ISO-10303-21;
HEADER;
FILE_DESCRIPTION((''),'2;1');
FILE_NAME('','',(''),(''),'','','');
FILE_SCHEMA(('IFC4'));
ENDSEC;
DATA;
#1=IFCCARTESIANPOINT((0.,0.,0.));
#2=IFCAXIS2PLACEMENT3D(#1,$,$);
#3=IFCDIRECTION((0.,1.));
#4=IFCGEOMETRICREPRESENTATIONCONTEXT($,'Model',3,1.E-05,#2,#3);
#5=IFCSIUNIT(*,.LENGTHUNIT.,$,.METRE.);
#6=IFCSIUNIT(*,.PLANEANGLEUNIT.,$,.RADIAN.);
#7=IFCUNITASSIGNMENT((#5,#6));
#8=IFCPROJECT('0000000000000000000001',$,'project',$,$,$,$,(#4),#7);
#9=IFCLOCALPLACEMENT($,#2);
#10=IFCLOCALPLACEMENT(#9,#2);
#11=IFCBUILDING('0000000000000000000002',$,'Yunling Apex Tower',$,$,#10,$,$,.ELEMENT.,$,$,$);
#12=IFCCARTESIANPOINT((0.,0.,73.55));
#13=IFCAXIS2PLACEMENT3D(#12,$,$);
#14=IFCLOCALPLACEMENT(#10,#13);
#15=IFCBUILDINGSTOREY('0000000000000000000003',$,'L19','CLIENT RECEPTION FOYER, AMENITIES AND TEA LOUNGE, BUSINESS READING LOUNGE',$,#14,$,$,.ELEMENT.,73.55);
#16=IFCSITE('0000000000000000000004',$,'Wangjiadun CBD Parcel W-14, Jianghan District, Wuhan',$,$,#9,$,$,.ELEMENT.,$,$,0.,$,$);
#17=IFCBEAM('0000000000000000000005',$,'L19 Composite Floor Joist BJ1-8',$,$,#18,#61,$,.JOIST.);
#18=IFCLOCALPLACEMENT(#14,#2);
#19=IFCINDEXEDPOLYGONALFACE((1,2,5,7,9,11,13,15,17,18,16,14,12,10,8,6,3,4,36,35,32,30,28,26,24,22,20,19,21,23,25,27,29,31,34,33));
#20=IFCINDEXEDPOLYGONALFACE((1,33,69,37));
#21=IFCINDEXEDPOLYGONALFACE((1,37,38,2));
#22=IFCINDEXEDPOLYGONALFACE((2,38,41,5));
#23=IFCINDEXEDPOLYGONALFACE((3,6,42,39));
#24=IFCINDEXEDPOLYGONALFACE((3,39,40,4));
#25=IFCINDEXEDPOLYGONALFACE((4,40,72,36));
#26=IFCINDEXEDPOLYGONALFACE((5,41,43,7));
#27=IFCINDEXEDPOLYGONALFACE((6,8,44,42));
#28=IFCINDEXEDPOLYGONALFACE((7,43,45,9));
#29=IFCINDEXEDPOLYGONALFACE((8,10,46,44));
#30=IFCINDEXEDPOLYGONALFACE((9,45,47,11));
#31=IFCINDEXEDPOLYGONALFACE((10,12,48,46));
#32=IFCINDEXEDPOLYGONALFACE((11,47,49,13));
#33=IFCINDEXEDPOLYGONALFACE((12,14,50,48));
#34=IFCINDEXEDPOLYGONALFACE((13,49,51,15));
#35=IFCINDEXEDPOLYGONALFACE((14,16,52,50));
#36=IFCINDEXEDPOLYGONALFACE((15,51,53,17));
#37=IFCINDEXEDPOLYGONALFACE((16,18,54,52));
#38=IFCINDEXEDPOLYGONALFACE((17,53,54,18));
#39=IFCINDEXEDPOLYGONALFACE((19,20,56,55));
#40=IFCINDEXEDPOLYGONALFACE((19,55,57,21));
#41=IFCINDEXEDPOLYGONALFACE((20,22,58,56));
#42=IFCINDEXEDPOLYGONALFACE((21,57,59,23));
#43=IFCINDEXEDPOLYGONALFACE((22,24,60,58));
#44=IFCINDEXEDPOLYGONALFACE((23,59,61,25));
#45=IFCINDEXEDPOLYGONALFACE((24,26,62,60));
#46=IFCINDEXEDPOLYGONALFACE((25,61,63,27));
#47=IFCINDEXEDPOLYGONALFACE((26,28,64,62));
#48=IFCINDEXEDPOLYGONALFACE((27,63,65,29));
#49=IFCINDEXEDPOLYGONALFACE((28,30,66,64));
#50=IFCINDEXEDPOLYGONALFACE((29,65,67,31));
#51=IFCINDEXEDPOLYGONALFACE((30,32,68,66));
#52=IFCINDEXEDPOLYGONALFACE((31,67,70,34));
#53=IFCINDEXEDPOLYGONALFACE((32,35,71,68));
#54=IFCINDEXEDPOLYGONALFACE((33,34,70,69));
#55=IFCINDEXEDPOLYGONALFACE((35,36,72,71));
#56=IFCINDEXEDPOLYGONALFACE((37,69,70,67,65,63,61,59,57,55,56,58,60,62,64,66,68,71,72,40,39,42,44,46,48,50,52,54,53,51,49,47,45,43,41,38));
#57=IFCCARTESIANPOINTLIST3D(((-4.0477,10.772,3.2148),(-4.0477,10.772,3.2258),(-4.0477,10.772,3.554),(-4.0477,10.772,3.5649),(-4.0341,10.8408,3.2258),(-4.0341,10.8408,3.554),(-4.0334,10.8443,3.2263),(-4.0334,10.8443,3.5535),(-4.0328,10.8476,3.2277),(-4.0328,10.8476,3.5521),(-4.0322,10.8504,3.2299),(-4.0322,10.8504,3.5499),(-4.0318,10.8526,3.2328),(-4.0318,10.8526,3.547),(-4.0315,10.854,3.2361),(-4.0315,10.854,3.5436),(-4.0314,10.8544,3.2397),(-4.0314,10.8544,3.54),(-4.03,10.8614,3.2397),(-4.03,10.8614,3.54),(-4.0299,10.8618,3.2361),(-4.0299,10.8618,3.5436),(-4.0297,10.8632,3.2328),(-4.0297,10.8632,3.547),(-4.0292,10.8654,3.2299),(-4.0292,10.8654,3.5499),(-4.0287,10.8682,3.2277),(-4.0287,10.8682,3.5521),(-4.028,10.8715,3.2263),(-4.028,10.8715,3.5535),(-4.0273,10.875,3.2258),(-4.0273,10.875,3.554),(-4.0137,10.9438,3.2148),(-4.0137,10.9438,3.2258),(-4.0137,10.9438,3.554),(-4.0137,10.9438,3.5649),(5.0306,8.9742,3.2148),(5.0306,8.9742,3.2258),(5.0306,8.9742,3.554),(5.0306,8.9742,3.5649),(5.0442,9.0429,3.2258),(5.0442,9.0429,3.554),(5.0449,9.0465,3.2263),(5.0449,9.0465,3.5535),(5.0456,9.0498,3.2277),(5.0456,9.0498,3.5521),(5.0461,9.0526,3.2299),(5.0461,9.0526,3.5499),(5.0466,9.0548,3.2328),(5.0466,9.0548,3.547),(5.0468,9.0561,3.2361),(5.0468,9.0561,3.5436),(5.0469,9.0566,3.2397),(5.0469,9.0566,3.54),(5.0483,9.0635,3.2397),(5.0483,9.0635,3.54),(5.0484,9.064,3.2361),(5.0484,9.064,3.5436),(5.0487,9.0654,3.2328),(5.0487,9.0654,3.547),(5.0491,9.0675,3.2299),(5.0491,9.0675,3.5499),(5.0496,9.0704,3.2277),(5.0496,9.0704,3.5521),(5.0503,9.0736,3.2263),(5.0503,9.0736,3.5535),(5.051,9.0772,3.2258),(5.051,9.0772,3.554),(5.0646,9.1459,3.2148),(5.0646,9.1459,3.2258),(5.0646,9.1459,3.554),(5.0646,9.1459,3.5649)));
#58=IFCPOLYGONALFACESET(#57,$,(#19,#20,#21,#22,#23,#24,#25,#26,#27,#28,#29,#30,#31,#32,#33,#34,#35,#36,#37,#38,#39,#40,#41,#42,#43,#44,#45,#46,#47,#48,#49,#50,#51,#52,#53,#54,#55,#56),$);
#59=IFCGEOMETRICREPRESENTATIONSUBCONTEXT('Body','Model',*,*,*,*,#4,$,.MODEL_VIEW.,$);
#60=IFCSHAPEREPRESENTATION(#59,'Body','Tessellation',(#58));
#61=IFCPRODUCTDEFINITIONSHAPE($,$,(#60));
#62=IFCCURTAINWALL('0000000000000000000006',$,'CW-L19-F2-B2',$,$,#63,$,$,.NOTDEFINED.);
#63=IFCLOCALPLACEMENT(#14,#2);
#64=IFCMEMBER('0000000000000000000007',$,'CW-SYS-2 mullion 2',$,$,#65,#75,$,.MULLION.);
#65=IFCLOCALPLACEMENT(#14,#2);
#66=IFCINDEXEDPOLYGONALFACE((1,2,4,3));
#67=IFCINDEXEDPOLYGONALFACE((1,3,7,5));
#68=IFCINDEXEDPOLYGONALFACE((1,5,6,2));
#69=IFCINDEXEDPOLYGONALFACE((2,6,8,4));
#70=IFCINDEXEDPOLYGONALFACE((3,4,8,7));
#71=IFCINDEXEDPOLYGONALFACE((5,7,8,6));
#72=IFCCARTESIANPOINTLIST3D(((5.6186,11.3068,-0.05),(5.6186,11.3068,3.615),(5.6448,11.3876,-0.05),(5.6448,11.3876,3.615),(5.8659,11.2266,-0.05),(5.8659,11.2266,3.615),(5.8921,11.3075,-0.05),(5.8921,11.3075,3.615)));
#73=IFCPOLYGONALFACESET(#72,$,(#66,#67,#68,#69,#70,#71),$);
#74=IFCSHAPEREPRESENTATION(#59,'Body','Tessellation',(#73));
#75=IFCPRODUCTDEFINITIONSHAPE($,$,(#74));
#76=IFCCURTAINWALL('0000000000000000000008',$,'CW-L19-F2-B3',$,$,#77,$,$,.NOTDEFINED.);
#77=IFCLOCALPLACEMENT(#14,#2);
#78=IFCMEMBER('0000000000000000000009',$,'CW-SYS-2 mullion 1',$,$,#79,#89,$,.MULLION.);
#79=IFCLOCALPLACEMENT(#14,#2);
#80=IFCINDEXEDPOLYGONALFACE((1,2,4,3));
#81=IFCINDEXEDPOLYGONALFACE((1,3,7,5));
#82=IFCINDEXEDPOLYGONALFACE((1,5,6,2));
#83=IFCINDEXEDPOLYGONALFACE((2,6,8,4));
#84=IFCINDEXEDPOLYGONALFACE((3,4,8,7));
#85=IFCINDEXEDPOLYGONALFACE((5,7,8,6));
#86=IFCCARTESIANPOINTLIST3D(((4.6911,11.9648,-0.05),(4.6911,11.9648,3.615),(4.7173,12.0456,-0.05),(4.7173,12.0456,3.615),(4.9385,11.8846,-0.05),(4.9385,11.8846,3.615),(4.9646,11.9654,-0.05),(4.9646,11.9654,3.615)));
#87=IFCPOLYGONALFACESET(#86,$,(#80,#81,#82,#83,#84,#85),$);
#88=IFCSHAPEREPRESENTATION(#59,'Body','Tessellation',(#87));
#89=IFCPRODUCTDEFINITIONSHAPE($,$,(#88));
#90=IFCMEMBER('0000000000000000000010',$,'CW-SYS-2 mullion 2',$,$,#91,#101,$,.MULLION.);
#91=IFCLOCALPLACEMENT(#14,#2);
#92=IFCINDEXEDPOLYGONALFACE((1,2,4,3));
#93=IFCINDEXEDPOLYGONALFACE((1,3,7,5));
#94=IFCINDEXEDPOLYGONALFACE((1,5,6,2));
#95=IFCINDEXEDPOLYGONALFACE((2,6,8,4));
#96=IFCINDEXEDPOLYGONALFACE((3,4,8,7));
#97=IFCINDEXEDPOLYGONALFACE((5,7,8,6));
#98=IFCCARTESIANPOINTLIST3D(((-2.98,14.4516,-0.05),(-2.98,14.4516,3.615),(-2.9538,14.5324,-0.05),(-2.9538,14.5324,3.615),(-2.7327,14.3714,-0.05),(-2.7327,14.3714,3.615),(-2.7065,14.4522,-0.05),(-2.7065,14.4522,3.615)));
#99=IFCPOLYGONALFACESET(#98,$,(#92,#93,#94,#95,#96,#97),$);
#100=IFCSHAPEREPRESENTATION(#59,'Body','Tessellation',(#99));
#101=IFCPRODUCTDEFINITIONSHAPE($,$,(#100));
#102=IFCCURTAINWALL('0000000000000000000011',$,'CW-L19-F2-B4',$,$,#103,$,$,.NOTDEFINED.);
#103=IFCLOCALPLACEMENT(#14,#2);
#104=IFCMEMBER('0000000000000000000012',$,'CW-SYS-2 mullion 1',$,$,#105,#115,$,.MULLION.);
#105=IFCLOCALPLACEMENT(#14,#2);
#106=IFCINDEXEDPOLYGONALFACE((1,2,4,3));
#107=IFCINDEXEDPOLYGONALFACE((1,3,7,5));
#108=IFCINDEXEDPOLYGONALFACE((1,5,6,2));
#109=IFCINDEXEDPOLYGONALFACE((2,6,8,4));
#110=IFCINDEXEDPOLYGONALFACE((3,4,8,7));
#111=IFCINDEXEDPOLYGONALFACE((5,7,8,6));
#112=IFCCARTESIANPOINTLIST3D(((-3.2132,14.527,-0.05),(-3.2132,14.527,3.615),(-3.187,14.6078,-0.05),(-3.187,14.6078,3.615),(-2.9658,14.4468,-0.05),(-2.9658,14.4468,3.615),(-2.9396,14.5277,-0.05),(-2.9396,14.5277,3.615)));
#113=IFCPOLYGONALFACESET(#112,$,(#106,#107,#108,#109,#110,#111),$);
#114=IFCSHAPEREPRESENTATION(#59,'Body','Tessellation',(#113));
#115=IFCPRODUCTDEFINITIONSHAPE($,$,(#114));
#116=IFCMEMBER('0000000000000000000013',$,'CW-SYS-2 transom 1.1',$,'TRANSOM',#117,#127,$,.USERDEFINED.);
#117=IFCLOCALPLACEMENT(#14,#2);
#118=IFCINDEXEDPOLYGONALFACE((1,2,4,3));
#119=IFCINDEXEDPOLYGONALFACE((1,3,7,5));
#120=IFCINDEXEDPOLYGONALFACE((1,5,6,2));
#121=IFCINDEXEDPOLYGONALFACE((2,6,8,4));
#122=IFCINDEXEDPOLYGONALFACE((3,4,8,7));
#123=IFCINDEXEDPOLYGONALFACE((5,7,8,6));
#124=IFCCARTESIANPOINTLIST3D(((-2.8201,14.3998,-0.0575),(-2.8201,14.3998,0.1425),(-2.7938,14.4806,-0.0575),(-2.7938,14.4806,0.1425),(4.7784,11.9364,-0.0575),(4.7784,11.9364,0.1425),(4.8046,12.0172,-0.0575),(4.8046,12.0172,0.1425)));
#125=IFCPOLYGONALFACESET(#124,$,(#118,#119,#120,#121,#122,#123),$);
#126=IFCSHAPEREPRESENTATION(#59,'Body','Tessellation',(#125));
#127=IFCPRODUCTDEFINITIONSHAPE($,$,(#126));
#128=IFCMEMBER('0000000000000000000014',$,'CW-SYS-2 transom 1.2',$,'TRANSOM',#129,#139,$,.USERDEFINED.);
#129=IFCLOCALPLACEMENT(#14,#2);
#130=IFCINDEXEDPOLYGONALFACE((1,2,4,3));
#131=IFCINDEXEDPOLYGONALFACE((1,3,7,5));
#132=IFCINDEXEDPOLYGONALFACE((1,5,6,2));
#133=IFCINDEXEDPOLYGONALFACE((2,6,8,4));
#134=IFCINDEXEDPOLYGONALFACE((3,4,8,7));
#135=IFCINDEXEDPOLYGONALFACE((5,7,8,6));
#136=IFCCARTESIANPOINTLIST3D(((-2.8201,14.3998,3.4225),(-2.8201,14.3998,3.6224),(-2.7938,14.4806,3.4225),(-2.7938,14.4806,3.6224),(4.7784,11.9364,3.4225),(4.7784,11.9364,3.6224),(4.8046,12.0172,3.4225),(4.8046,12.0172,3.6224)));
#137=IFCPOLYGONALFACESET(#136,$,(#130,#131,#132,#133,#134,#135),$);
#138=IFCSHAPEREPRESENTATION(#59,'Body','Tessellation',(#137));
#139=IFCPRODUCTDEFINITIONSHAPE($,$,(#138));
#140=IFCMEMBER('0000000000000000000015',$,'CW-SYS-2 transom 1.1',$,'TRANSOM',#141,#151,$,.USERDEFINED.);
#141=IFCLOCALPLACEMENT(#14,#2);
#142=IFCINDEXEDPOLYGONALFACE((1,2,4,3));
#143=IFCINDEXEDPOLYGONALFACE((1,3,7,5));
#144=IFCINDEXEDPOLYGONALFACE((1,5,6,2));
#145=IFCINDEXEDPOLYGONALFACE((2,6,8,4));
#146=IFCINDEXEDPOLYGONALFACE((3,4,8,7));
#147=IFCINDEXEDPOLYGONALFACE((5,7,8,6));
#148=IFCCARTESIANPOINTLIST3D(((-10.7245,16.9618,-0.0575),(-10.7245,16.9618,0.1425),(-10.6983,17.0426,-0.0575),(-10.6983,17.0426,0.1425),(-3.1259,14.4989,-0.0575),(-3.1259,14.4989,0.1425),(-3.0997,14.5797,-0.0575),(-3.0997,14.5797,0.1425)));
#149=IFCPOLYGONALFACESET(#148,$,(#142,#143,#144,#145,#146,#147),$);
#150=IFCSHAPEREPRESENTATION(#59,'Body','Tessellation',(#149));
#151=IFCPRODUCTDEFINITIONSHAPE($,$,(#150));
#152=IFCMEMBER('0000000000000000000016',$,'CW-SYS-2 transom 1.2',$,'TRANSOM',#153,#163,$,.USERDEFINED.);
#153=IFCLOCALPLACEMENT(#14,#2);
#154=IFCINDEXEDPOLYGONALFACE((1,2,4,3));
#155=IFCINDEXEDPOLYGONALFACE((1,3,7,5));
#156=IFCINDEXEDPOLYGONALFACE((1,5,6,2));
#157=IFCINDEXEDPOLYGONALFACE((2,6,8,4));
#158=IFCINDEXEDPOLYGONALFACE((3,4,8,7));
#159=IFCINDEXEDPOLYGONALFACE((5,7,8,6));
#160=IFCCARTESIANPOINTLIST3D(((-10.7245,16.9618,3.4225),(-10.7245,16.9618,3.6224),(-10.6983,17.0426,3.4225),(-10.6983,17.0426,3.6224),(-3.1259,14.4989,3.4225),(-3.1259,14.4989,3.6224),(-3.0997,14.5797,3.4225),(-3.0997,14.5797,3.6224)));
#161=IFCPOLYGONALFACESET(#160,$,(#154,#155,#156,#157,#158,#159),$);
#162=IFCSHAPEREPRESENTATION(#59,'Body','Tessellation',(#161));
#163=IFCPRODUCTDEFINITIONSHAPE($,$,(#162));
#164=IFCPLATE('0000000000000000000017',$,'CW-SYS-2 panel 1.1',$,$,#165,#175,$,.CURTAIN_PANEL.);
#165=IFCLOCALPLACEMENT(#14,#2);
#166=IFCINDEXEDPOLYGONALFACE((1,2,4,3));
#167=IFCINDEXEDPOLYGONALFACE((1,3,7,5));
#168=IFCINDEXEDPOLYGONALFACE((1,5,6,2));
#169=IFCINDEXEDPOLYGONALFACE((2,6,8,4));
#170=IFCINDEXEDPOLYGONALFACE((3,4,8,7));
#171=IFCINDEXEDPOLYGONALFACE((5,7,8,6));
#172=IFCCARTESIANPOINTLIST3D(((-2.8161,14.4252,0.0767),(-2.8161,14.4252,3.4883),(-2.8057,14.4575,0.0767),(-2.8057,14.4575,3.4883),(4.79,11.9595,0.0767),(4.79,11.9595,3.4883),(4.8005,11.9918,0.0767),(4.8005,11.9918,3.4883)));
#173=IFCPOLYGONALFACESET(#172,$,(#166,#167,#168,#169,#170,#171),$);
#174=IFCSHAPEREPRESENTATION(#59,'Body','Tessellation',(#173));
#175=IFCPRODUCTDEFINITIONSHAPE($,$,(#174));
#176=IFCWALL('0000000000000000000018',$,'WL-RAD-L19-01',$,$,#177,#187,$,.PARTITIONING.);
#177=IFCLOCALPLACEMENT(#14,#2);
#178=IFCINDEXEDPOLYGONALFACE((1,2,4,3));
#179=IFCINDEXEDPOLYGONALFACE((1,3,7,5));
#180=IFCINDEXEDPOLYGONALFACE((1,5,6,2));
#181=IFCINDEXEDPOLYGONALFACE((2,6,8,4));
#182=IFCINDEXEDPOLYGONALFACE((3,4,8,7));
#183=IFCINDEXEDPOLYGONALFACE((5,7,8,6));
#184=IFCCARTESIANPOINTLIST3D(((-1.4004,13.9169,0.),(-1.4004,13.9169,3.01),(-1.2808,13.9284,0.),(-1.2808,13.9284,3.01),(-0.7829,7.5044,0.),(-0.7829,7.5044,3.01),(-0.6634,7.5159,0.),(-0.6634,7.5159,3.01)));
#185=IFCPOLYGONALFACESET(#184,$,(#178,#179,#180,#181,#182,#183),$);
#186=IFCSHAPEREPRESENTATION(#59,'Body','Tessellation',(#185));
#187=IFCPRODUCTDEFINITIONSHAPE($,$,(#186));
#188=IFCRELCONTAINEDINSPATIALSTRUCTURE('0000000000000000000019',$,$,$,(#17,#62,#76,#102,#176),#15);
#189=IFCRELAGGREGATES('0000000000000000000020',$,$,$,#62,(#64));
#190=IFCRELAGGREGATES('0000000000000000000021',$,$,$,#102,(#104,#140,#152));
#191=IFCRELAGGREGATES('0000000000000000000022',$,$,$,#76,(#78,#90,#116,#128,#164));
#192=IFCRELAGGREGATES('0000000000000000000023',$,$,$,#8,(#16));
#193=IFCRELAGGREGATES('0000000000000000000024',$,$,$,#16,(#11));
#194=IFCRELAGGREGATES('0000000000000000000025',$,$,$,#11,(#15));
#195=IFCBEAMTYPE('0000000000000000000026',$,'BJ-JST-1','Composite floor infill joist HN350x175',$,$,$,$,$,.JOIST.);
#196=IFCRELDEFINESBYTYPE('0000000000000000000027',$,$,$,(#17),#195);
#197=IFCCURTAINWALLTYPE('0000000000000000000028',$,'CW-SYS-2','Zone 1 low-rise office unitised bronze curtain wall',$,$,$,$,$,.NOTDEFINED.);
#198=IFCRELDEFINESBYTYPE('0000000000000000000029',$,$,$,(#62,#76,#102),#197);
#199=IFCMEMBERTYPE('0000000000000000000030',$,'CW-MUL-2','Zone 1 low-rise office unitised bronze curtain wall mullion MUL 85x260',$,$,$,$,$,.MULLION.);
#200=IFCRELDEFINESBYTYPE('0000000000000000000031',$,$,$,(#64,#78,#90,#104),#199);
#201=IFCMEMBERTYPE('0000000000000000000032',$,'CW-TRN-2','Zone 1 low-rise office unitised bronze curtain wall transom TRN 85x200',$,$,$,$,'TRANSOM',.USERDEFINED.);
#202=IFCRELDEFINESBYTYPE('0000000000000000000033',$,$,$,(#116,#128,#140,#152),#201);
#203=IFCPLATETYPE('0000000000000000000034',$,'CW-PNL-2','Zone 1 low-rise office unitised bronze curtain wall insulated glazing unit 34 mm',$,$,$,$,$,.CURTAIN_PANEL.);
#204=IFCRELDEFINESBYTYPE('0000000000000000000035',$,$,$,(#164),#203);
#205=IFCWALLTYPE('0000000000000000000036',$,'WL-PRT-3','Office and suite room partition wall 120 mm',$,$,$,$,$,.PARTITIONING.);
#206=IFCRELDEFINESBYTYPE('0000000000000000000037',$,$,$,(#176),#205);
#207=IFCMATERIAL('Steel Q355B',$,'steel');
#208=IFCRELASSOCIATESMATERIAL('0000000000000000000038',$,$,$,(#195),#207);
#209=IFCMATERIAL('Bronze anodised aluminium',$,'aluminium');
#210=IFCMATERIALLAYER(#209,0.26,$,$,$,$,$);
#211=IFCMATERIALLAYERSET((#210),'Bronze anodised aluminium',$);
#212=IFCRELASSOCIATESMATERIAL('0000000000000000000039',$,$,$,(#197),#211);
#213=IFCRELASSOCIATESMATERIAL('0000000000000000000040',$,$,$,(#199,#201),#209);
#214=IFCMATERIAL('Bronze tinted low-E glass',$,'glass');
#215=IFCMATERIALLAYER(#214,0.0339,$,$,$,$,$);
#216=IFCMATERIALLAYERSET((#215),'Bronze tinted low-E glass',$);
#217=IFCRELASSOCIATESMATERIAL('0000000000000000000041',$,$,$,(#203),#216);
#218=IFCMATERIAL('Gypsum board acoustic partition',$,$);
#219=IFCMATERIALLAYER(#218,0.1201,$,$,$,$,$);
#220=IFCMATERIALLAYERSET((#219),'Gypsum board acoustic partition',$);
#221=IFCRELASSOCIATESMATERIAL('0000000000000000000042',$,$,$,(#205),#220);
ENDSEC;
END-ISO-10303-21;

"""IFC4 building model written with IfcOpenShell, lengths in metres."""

from ifc_helpers import new_model, si_unit, direction, frame, frame_2d, origin, origin_2d, place, context, subcontext, project, spatial, rectangle, i_section, extrude, source, transform, mapped, material, layer, layer_set, material_profile, profile_set, type_object, element, aggregate, save


model = new_model("IFC4")

# Units and contexts
model_context = context("Model", 3, precision=1e-05, world=origin(), true_north=direction((0.0, 1.0)))
body_context = subcontext(model_context, "Body", "Model", "MODEL_VIEW")
ifc_project = project(units=[si_unit("LENGTHUNIT", "METRE"), si_unit("PLANEANGLEUNIT", "RADIAN")], contexts=[model_context])

# Site, building, storey
site_placement = place(None, origin())
site = spatial("IfcSite", under=ifc_project, at=site_placement, Name="Wangjiadun CBD Parcel W-14, Jianghan District, Wuhan", CompositionType="ELEMENT", RefElevation=0.0)
building_placement = place(site_placement, origin())
building = spatial("IfcBuilding", under=site, at=building_placement, Name="Yunling Apex Tower", CompositionType="ELEMENT")
storey_placement = place(building_placement, frame((0.0, 0.0, 73.55)))
storey = spatial("IfcBuildingStorey", under=building, at=storey_placement, Name="L19", Description="CLIENT RECEPTION FOYER, AMENITIES AND TEA LOUNGE, BUSINESS READING LOUNGE", CompositionType="ELEMENT", Elevation=73.55)

# Beam
ifc_material_1 = material(Name="Steel Q355B", Category="steel")
ifc_material_profile_1 = material_profile(ifc_material_1, i_section(OverallWidth=0.175, OverallDepth=0.3501, WebThickness=0.0071, FlangeThickness=0.011, FilletRadius=0.0139, at=origin_2d()))
ifc_profile_set_1 = profile_set([ifc_material_profile_1], Name="Steel Q355B")
beam_type_1 = type_object("IfcBeamType", Name="BJ-JST-1", Description="Composite floor infill joist HN350x175", PredefinedType="JOIST", material=ifc_profile_set_1)
shared_shape_1 = source(origin(), body_context, "Body", "SweptSolid", [
    extrude(i_section(OverallWidth=0.175, OverallDepth=0.3501, WebThickness=0.0071, FlangeThickness=0.011, FilletRadius=0.0139, at=origin_2d()), origin(), (0.0, 0.0, 1.0), 9.2546),
])
beam_1_placement = place(storey_placement, frame((5.0476, 9.0601, 3.3899), z_axis=(-0.980949, 0.194264, 0.0), x_axis=(-0.194264, -0.980949, 0.0)))
element("IfcBeam", 1, at=beam_1_placement, inside=storey, type_object=beam_type_1, Name="L19 Composite Floor Joist BJ1-8", PredefinedType="JOIST", context=body_context, shape_type="MappedRepresentation", body=[
    mapped(shared_shape_1, transform((0.0, 0.0, 0.0), scale=1.0)),
])

# Curtain wall, member
ifc_material_2 = material(Name="Bronze anodised aluminium", Category="aluminium")
ifc_layer_1 = layer(ifc_material_2, 0.26)
ifc_layer_set_1 = layer_set([ifc_layer_1], Name="Bronze anodised aluminium")
curtain_wall_type = type_object("IfcCurtainWallType", Name="CW-SYS-2", Description="Zone 1 low-rise office unitised bronze curtain wall", PredefinedType="NOTDEFINED", material=ifc_layer_set_1)
curtain_wall_1_placement = place(storey_placement, origin())
curtain_wall_1 = element("IfcCurtainWall", 2, at=curtain_wall_1_placement, inside=storey, type_object=curtain_wall_type, Name="CW-L19-F2-B2", PredefinedType="NOTDEFINED")
ifc_material_profile_2 = material_profile(ifc_material_2, rectangle(XDim=0.085, YDim=0.26, at=origin_2d()))
ifc_profile_set_2 = profile_set([ifc_material_profile_2], Name="Bronze anodised aluminium")
member_type_1 = type_object("IfcMemberType", Name="CW-MUL-2", Description="Zone 1 low-rise office unitised bronze curtain wall mullion MUL 85x260", PredefinedType="MULLION", material=ifc_profile_set_2)
shared_shape_2 = source(origin(), body_context, "Body", "SweptSolid", [
    extrude(rectangle(XDim=0.085, YDim=0.26, at=origin_2d()), origin(), (0.0, 0.0, 1.0), 3.665),
])
member_1_placement = place(storey_placement, frame((5.7554, 11.3071, -0.05), z_axis=(0.0, 0.0, 1.0), x_axis=(-0.308352, -0.951272, 0.0)))
member_1 = element("IfcMember", 3, at=member_1_placement, type_object=member_type_1, Name="CW-SYS-2 mullion 2", PredefinedType="MULLION", context=body_context, shape_type="MappedRepresentation", body=[
    mapped(shared_shape_2, transform((0.0, 0.0, 0.0), scale=1.0)),
])
aggregate(curtain_wall_1, [member_1])

# Curtain wall, members
curtain_wall_2_placement = place(storey_placement, origin())
curtain_wall_2 = element("IfcCurtainWall", 4, at=curtain_wall_2_placement, inside=storey, type_object=curtain_wall_type, Name="CW-L19-F2-B3", PredefinedType="NOTDEFINED")
member_2_placement = place(storey_placement, frame((4.8279, 11.9651, -0.05), z_axis=(0.0, 0.0, 1.0), x_axis=(-0.308368, -0.951267, 0.0)))
member_2 = element("IfcMember", 5, at=member_2_placement, type_object=member_type_1, Name="CW-SYS-2 mullion 1", PredefinedType="MULLION", context=body_context, shape_type="MappedRepresentation", body=[
    mapped(shared_shape_2, transform((0.0, 0.0, 0.0), scale=1.0)),
])
member_3_placement = place(storey_placement, frame((-2.8433, 14.4519, -0.05), z_axis=(0.0, 0.0, 1.0), x_axis=(-0.308368, -0.951267, 0.0)))
member_3 = element("IfcMember", 6, at=member_3_placement, type_object=member_type_1, Name="CW-SYS-2 mullion 2", PredefinedType="MULLION", context=body_context, shape_type="MappedRepresentation", body=[
    mapped(shared_shape_2, transform((0.0, 0.0, 0.0), scale=1.0)),
])

# Curtain wall, member
curtain_wall_3_placement = place(storey_placement, origin())
curtain_wall_3 = element("IfcCurtainWall", 7, at=curtain_wall_3_placement, inside=storey, type_object=curtain_wall_type, Name="CW-L19-F2-B4", PredefinedType="NOTDEFINED")
member_4_placement = place(storey_placement, frame((-3.0764, 14.5273, -0.05), z_axis=(0.0, 0.0, 1.0), x_axis=(-0.308357, -0.951271, 0.0)))
member_4 = element("IfcMember", 8, at=member_4_placement, type_object=member_type_1, Name="CW-SYS-2 mullion 1", PredefinedType="MULLION", context=body_context, shape_type="MappedRepresentation", body=[
    mapped(shared_shape_2, transform((0.0, 0.0, 0.0), scale=1.0)),
])

# Members
ifc_material_profile_3 = material_profile(ifc_material_2, rectangle(XDim=0.085, YDim=0.2, at=origin_2d()))
ifc_profile_set_3 = profile_set([ifc_material_profile_3], Name="Bronze anodised aluminium")
member_type_2 = type_object("IfcMemberType", Name="CW-TRN-2", Description="Zone 1 low-rise office unitised bronze curtain wall transom TRN 85x200", ElementType="TRANSOM", PredefinedType="USERDEFINED", material=ifc_profile_set_3)
shared_shape_3 = source(origin(), body_context, "Body", "SweptSolid", [
    extrude(rectangle(XDim=0.085, YDim=0.2, at=origin_2d()), origin(), (0.0, 0.0, 1.0), 7.9878),
])
member_5_placement = place(storey_placement, frame((4.7915, 11.9768, 0.0425), z_axis=(-0.951258, 0.308396, 0.0), x_axis=(-0.308396, -0.951258, 0.0)))
member_5 = element("IfcMember", 9, at=member_5_placement, type_object=member_type_2, Name="CW-SYS-2 transom 1.1", ObjectType="TRANSOM", PredefinedType="USERDEFINED", context=body_context, shape_type="MappedRepresentation", body=[
    mapped(shared_shape_3, transform((0.0, 0.0, 0.0), scale=1.0)),
])
member_6_placement = place(storey_placement, frame((4.7915, 11.9768, 3.5225), z_axis=(-0.951258, 0.308396, 0.0), x_axis=(-0.308396, -0.951258, 0.0)))
member_6 = element("IfcMember", 10, at=member_6_placement, type_object=member_type_2, Name="CW-SYS-2 transom 1.2", ObjectType="TRANSOM", PredefinedType="USERDEFINED", context=body_context, shape_type="MappedRepresentation", body=[
    mapped(shared_shape_3, transform((0.0, 0.0, 0.0), scale=1.0)),
])
member_7_placement = place(storey_placement, frame((-3.1128, 14.5393, 0.0425), z_axis=(-0.951279, 0.308331, 0.0), x_axis=(-0.308331, -0.951279, 0.0)))
member_7 = element("IfcMember", 11, at=member_7_placement, type_object=member_type_2, Name="CW-SYS-2 transom 1.1", ObjectType="TRANSOM", PredefinedType="USERDEFINED", context=body_context, shape_type="MappedRepresentation", body=[
    mapped(shared_shape_3, transform((0.0, 0.0, 0.0), scale=1.0)),
])
member_8_placement = place(storey_placement, frame((-3.1128, 14.5393, 3.5225), z_axis=(-0.951279, 0.308331, 0.0), x_axis=(-0.308331, -0.951279, 0.0)))
member_8 = element("IfcMember", 12, at=member_8_placement, type_object=member_type_2, Name="CW-SYS-2 transom 1.2", ObjectType="TRANSOM", PredefinedType="USERDEFINED", context=body_context, shape_type="MappedRepresentation", body=[
    mapped(shared_shape_3, transform((0.0, 0.0, 0.0), scale=1.0)),
])
aggregate(curtain_wall_3, [member_4, member_7, member_8])

# Plate
ifc_material_3 = material(Name="Bronze tinted low-E glass", Category="glass")
ifc_layer_2 = layer(ifc_material_3, 0.0339)
ifc_layer_set_2 = layer_set([ifc_layer_2], Name="Bronze tinted low-E glass")
plate_type = type_object("IfcPlateType", Name="CW-PNL-2", Description="Zone 1 low-rise office unitised bronze curtain wall insulated glazing unit 34 mm", PredefinedType="CURTAIN_PANEL", material=ifc_layer_set_2)
shared_shape_4 = source(origin(), body_context, "Body", "SweptSolid", [
    extrude(rectangle(XDim=7.9958, YDim=0.0339, at=origin_2d()), origin(), (0.0, 0.0, 1.0), 3.4116),
])
plate_placement = place(storey_placement, frame((0.9922, 13.2085, 0.0767), z_axis=(0.0, 0.0, 1.0), x_axis=(-0.951267, 0.308368, 0.0)))
plate = element("IfcPlate", 13, at=plate_placement, type_object=plate_type, Name="CW-SYS-2 panel 1.1", PredefinedType="CURTAIN_PANEL", context=body_context, shape_type="MappedRepresentation", body=[
    mapped(shared_shape_4, transform((0.0, 0.0, 0.0), scale=1.0)),
])
aggregate(curtain_wall_2, [member_2, member_3, member_5, member_6, plate])

# Wall
ifc_material_4 = material(Name="Gypsum board acoustic partition")
ifc_layer_3 = layer(ifc_material_4, 0.1201)
ifc_layer_set_3 = layer_set([ifc_layer_3], Name="Gypsum board acoustic partition")
wall_type = type_object("IfcWallType", Name="WL-PRT-3", Description="Office and suite room partition wall 120 mm", PredefinedType="PARTITIONING", material=ifc_layer_set_3)
wall_placement = place(storey_placement, frame((-0.7231, 7.51, 0.0), z_axis=(0.0, 0.0, 1.0), x_axis=(-0.095841, 0.995397, 0.0)))
element("IfcWall", 14, at=wall_placement, inside=storey, type_object=wall_type, Name="WL-RAD-L19-01", PredefinedType="PARTITIONING", context=body_context, shape_type="SweptSolid", body=[
    extrude(rectangle(XDim=6.4421, YDim=0.1201, at=frame_2d((3.2212, 0.0))), origin(), (0.0, 0.0, 1.0), 3.01),
])

save(model, "model.ifc")
